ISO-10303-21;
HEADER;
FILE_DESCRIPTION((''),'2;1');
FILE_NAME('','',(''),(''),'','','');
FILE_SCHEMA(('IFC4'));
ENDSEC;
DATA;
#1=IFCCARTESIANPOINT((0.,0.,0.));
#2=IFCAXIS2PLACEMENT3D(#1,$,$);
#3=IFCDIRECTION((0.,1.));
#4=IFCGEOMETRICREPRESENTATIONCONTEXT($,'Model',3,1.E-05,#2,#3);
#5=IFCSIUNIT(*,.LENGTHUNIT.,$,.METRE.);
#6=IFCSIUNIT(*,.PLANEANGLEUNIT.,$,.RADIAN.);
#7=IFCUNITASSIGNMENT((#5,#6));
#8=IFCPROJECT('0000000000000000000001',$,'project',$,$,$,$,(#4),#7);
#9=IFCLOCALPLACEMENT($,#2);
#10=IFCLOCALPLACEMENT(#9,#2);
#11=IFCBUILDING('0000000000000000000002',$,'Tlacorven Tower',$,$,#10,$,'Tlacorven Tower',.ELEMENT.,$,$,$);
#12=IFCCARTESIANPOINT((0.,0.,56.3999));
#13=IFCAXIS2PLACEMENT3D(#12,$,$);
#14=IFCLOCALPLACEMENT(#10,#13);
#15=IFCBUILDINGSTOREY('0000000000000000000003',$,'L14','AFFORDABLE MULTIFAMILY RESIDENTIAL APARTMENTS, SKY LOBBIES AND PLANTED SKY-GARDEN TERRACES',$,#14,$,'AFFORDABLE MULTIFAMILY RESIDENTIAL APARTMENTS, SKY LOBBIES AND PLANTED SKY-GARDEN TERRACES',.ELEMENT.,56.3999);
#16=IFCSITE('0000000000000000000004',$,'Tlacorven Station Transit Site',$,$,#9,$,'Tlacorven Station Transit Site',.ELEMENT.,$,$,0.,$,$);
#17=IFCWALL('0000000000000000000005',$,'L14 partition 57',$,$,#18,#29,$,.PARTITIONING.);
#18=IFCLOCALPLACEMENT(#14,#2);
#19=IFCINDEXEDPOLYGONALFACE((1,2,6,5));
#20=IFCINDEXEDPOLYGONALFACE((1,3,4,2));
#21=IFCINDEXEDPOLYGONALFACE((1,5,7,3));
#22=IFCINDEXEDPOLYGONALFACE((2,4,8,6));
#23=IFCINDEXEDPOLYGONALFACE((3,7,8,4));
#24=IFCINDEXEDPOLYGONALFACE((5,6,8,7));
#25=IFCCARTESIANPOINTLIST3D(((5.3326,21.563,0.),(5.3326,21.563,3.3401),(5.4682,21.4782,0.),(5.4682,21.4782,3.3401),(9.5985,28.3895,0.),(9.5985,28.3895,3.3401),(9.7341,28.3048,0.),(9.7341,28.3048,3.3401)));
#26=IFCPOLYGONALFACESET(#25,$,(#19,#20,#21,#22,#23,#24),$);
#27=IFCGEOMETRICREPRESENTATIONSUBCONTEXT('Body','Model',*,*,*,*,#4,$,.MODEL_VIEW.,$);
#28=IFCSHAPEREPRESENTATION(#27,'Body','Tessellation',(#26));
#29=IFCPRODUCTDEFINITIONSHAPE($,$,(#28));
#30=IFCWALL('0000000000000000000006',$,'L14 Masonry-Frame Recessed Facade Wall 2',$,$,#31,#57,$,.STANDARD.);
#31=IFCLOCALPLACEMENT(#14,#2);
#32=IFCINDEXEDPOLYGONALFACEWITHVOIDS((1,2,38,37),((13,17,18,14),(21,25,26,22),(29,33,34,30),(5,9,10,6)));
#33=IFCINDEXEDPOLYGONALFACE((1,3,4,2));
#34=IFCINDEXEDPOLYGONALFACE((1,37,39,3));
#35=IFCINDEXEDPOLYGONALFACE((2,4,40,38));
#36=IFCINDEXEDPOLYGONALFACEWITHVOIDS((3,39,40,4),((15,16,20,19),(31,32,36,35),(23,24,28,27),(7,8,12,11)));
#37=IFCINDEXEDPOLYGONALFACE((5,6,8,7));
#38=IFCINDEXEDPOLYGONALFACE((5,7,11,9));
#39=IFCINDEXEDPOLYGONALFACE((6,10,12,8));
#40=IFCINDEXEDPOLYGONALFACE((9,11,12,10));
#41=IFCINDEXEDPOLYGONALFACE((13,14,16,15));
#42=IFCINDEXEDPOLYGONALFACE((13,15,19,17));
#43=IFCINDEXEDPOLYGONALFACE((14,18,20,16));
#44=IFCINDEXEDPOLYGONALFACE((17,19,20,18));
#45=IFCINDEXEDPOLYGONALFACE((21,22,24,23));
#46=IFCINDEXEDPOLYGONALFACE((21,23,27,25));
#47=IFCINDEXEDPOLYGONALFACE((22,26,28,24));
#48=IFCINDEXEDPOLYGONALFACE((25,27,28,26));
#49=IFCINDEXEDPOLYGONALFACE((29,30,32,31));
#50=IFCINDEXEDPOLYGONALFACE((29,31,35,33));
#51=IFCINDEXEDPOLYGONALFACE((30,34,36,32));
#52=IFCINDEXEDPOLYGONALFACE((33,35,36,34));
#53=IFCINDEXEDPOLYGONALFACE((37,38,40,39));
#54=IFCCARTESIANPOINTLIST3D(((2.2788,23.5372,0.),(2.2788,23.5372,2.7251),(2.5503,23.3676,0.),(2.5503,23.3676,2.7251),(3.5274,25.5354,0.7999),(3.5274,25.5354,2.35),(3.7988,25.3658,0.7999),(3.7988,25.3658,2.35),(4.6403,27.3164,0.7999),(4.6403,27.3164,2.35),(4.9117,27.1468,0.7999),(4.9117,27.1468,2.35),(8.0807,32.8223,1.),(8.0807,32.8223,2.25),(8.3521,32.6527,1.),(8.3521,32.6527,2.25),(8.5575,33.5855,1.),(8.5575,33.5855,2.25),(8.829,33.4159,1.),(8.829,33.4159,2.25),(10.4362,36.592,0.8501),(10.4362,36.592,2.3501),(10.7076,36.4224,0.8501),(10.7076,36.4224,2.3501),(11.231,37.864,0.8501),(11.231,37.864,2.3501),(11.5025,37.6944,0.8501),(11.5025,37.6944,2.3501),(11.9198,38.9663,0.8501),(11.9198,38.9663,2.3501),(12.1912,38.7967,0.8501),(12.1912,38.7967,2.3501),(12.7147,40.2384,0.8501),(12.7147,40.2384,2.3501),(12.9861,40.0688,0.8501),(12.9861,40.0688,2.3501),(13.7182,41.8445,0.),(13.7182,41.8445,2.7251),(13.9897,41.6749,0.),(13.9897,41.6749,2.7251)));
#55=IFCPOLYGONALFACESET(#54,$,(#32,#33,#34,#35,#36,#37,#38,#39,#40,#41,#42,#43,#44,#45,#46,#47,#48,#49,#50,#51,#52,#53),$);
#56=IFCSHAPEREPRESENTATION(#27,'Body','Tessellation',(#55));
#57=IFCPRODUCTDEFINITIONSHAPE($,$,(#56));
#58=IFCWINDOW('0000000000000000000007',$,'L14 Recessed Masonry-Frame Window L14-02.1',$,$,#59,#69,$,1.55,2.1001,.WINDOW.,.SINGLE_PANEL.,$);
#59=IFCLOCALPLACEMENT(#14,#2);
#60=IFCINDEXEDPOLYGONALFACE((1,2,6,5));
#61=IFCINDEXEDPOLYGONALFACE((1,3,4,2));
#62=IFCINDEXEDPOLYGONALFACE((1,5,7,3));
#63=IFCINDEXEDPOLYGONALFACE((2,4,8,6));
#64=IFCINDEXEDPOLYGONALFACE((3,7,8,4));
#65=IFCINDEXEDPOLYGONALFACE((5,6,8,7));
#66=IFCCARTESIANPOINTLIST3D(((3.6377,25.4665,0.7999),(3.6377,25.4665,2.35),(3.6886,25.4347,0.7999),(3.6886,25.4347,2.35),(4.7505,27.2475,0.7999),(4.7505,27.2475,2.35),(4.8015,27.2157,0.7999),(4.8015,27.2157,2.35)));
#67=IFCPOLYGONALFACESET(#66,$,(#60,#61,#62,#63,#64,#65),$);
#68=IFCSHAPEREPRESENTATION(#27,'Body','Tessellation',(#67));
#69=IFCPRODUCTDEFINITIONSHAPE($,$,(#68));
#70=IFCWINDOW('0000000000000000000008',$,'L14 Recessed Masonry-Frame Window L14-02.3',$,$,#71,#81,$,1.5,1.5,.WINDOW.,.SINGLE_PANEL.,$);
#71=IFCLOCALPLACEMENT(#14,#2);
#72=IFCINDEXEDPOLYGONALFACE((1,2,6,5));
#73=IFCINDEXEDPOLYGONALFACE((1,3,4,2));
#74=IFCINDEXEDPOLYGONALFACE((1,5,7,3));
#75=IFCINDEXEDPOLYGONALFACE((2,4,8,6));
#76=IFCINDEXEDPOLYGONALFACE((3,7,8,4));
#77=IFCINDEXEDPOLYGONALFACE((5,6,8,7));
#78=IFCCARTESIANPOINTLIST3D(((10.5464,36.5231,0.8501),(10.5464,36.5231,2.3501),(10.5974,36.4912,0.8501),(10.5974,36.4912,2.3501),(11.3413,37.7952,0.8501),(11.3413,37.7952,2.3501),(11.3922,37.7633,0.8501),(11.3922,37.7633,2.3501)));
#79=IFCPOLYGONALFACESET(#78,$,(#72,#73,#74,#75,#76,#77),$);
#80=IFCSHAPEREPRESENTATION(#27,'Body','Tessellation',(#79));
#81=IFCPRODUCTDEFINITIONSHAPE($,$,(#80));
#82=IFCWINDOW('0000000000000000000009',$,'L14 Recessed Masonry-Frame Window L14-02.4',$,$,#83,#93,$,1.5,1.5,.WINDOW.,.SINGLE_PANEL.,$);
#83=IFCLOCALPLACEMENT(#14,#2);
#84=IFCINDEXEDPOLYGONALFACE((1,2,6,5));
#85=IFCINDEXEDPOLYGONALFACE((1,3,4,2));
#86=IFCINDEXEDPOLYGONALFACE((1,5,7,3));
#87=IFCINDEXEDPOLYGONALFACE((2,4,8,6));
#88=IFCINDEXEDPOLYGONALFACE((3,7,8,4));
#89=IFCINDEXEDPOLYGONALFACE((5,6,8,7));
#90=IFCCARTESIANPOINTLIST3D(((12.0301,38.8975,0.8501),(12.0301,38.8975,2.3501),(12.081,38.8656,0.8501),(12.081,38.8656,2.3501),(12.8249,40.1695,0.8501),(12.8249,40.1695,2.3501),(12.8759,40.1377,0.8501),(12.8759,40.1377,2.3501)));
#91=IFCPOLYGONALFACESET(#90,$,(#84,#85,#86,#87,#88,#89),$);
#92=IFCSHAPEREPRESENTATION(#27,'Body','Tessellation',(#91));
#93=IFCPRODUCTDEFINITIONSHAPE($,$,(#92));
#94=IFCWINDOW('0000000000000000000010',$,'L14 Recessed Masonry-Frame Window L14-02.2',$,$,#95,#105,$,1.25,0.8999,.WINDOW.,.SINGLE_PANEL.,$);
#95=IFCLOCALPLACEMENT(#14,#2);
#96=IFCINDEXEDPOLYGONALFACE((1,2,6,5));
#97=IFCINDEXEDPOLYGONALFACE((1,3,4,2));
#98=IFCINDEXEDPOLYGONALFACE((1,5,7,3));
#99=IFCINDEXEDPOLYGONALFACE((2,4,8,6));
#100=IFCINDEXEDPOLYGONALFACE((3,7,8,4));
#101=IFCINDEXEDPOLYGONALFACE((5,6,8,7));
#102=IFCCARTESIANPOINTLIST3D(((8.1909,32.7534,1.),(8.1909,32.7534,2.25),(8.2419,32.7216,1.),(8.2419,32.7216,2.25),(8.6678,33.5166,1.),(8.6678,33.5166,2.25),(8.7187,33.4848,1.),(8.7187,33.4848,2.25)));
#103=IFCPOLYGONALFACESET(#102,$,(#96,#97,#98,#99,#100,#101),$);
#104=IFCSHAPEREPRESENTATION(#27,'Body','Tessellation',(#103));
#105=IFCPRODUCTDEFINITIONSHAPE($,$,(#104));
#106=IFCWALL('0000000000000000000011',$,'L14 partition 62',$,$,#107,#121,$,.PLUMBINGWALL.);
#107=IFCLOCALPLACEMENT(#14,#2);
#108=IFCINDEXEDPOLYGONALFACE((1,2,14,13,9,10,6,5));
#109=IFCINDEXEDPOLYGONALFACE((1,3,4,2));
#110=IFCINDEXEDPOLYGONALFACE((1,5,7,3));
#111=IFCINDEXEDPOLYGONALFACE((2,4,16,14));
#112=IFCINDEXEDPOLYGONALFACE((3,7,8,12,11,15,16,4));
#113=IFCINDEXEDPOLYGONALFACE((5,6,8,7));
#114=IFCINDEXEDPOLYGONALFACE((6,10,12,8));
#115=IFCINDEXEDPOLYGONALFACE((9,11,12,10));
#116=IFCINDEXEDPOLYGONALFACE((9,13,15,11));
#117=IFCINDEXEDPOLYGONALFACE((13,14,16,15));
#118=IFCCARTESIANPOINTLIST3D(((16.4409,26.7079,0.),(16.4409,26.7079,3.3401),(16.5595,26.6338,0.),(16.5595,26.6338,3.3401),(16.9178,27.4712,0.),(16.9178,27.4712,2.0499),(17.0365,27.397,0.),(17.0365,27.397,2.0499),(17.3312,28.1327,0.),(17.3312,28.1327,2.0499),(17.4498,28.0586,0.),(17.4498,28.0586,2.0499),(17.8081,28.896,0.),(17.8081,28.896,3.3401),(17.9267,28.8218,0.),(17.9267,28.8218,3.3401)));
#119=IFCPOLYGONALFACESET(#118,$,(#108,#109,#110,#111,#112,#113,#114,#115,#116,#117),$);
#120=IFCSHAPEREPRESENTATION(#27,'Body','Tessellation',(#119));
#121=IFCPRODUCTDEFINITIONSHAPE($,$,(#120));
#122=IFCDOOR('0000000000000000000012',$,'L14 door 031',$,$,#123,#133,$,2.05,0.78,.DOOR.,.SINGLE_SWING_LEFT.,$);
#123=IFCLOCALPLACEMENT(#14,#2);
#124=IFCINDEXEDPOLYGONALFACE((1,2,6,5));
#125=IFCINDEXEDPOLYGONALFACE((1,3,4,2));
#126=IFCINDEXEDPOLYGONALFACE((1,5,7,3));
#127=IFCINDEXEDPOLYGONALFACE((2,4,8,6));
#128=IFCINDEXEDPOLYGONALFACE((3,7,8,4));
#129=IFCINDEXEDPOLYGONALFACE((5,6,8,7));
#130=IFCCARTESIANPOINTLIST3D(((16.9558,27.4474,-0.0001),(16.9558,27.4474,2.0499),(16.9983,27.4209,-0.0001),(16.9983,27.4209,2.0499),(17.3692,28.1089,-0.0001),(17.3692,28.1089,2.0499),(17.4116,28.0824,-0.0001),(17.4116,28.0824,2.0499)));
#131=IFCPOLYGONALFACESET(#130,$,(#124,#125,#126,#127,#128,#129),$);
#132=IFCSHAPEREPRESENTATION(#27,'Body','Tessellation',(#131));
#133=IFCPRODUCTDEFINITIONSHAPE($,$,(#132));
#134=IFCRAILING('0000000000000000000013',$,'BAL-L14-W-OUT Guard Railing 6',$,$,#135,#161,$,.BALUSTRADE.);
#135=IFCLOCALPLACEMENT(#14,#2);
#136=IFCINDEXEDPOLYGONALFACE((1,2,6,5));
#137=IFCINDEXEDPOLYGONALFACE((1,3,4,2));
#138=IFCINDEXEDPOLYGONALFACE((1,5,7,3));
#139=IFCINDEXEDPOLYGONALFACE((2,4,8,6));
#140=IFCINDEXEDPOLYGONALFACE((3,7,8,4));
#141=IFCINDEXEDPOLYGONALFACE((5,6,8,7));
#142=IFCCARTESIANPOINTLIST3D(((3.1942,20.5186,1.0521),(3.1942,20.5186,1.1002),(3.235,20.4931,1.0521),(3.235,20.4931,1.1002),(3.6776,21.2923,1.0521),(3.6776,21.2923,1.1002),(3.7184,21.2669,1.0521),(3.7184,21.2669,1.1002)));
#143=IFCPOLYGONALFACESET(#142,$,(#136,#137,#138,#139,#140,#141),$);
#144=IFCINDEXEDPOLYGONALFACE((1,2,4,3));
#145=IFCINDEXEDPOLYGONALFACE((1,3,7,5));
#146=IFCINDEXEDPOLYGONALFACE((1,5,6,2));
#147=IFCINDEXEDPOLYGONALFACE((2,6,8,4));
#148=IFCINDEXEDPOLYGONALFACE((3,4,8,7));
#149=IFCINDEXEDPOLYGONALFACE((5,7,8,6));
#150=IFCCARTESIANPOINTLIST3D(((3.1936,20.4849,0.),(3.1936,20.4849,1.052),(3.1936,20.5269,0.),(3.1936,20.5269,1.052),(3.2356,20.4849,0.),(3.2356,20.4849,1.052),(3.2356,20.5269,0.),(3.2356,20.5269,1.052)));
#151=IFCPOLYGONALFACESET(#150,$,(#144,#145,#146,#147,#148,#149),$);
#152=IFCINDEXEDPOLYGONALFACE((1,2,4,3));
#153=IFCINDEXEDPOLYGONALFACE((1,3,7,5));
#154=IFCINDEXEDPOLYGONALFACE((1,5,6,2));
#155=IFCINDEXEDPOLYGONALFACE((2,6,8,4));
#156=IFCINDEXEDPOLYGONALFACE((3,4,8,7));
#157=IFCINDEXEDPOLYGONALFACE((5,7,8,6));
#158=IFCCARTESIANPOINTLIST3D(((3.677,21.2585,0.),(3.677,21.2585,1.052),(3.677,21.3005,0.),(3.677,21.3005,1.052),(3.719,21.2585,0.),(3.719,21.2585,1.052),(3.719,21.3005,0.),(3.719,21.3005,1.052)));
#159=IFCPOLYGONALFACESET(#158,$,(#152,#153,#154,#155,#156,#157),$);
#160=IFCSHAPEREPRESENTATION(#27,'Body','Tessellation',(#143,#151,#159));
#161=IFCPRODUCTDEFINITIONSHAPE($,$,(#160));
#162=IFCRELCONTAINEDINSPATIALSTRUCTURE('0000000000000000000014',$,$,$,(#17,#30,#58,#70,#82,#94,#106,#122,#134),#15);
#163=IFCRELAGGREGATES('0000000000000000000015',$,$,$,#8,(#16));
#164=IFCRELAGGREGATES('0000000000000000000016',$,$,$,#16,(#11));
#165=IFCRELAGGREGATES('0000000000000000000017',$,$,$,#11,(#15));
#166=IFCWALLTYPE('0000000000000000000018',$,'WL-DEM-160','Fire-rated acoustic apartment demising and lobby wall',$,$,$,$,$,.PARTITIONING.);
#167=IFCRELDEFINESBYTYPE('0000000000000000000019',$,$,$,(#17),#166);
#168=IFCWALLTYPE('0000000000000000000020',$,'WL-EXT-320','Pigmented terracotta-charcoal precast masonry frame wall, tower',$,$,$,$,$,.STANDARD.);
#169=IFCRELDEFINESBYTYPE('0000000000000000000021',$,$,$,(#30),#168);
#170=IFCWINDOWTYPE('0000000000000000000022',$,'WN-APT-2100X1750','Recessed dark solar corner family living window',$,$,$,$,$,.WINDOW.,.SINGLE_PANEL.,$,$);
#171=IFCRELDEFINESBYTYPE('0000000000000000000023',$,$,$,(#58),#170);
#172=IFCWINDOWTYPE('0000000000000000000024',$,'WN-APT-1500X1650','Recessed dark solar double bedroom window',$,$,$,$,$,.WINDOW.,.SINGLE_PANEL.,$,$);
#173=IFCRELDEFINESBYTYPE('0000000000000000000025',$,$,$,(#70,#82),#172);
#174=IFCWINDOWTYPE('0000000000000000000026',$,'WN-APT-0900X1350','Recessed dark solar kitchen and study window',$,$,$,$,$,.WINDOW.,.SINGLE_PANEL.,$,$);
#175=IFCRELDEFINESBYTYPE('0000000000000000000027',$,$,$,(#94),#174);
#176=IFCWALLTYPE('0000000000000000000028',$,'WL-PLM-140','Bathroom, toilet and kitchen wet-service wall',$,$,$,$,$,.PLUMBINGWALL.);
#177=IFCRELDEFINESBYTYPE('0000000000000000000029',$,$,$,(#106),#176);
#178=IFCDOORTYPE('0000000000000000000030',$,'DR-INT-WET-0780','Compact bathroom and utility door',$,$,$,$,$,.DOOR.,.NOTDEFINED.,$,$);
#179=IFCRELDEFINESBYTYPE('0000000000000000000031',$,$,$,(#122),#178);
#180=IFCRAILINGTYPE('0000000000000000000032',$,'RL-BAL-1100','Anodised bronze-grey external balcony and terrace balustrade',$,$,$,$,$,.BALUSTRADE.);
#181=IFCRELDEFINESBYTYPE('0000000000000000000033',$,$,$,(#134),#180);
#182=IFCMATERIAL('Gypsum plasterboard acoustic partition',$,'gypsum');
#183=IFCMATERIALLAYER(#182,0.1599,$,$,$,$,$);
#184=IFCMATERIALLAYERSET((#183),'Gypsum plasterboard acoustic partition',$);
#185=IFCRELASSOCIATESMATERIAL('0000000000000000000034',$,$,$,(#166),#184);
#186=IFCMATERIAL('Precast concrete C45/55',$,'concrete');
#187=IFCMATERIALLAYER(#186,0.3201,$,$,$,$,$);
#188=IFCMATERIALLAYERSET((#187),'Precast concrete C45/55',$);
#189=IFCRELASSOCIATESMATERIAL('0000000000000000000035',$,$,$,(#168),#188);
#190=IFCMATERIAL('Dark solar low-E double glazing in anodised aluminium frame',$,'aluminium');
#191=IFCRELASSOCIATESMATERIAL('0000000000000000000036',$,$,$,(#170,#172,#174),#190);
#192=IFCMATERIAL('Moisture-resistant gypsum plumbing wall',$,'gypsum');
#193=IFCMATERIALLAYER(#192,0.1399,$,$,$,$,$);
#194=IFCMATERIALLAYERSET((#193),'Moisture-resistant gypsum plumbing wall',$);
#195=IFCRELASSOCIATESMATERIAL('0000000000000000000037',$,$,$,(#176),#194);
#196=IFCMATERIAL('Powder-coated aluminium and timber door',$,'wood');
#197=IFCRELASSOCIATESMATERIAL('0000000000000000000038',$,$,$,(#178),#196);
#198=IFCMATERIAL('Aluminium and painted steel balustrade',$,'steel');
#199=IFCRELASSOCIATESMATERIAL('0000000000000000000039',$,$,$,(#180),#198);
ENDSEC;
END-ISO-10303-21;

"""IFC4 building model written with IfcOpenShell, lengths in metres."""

from ifc_helpers import new_model, si_unit, direction, frame, frame_2d, origin, origin_2d, place, context, subcontext, project, spatial, rectangle, extrude, source, transform, mapped, material, layer, layer_set, type_object, element, fill, save


model = new_model("IFC4")

# Units and contexts
model_context = context("Model", 3, precision=1e-05, world=origin(), true_north=direction((0.0, 1.0)))
body_context = subcontext(model_context, "Body", "Model", "MODEL_VIEW")
ifc_project = project(units=[si_unit("LENGTHUNIT", "METRE"), si_unit("PLANEANGLEUNIT", "RADIAN")], contexts=[model_context])

# Site, building, storey
site_placement = place(None, origin())
site = spatial("IfcSite", under=ifc_project, at=site_placement, Name="Tlacorven Station Transit Site", LongName="Tlacorven Station Transit Site", CompositionType="ELEMENT", RefElevation=0.0)
building_placement = place(site_placement, origin())
building = spatial("IfcBuilding", under=site, at=building_placement, Name="Tlacorven Tower", LongName="Tlacorven Tower", CompositionType="ELEMENT")
storey_placement = place(building_placement, frame((0.0, 0.0, 56.3999)))
storey = spatial("IfcBuildingStorey", under=building, at=storey_placement, Name="L14", Description="AFFORDABLE MULTIFAMILY RESIDENTIAL APARTMENTS, SKY LOBBIES AND PLANTED SKY-GARDEN TERRACES", LongName="AFFORDABLE MULTIFAMILY RESIDENTIAL APARTMENTS, SKY LOBBIES AND PLANTED SKY-GARDEN TERRACES", CompositionType="ELEMENT", Elevation=56.3999)

# Wall
ifc_material_1 = material(Name="Gypsum plasterboard acoustic partition", Category="gypsum")
ifc_layer_1 = layer(ifc_material_1, 0.1599)
ifc_layer_set_1 = layer_set([ifc_layer_1], Name="Gypsum plasterboard acoustic partition")
wall_type_1 = type_object("IfcWallType", Name="WL-DEM-160", Description="Fire-rated acoustic apartment demising and lobby wall", PredefinedType="PARTITIONING", material=ifc_layer_set_1)
wall_1_placement = place(storey_placement, frame((9.6663, 28.3472, 0.0), z_axis=(0.0, 0.0, 1.0), x_axis=(-0.529928, -0.848043, 0.0)))
element("IfcWall", 1, at=wall_1_placement, inside=storey, type_object=wall_type_1, Name="L14 partition 57", PredefinedType="PARTITIONING", context=body_context, shape_type="SweptSolid", body=[
    extrude(rectangle(XDim=8.0498, YDim=0.1599, at=frame_2d((4.0249, 0.0))), origin(), (0.0, 0.0, 1.0), 3.3401),
])

# Wall, openings, windows
ifc_material_2 = material(Name="Precast concrete C45/55", Category="concrete")
ifc_layer_2 = layer(ifc_material_2, 0.3201)
ifc_layer_set_2 = layer_set([ifc_layer_2], Name="Precast concrete C45/55")
wall_type_2 = type_object("IfcWallType", Name="WL-EXT-320", Description="Pigmented terracotta-charcoal precast masonry frame wall, tower", PredefinedType="STANDARD", material=ifc_layer_set_2)
wall_2_placement = place(storey_placement, frame((2.4146, 23.4524, 0.0), z_axis=(0.0, 0.0, 1.0), x_axis=(0.52991, 0.848054, 0.0)))
wall_2 = element("IfcWall", 2, at=wall_2_placement, inside=storey, type_object=wall_type_2, Name="L14 Masonry-Frame Recessed Facade Wall 2", PredefinedType="STANDARD", context=body_context, shape_type="SweptSolid", body=[
    extrude(rectangle(XDim=21.5874, YDim=0.3201, at=frame_2d((10.7937, 0.0))), origin(), (0.0, 0.0, 1.0), 2.7251),
])
opening_1_placement = place(wall_2_placement, frame((2.3562, 0.0, 0.8)))
opening_1 = element("IfcOpeningElement", 3, at=opening_1_placement, cuts=wall_2, PredefinedType="OPENING", context=body_context, shape_type="SweptSolid", body=[
    extrude(rectangle(XDim=2.1001, YDim=1.55, at=frame_2d((1.05, 0.7749))), frame((0.0, 0.1699, 0.0), z_axis=(0.0, -1.0, 0.0), x_axis=(1.0, 0.0, 0.0)), (0.0, 0.0, 1.0), 0.3401),
])
opening_2_placement = place(wall_2_placement, frame((10.9487, 0.0, 1.0)))
opening_2 = element("IfcOpeningElement", 4, at=opening_2_placement, cuts=wall_2, PredefinedType="OPENING", context=body_context, shape_type="SweptSolid", body=[
    extrude(rectangle(XDim=0.8999, YDim=1.25, at=frame_2d((0.45, 0.625))), frame((0.0, 0.1699, 0.0), z_axis=(0.0, -1.0, 0.0), x_axis=(1.0, 0.0, 0.0)), (0.0, 0.0, 1.0), 0.3401),
])
opening_3_placement = place(wall_2_placement, frame((15.3938, 0.0, 0.8501)))
opening_3 = element("IfcOpeningElement", 5, at=opening_3_placement, cuts=wall_2, PredefinedType="OPENING", context=body_context, shape_type="SweptSolid", body=[
    extrude(rectangle(XDim=1.5, YDim=1.5, at=frame_2d((0.75, 0.75))), frame((0.0, 0.1699, 0.0), z_axis=(0.0, -1.0, 0.0), x_axis=(1.0, 0.0, 0.0)), (0.0, 0.0, 1.0), 0.3401),
])
opening_4_placement = place(wall_2_placement, frame((18.1936, 0.0, 0.8501)))
opening_4 = element("IfcOpeningElement", 6, at=opening_4_placement, cuts=wall_2, PredefinedType="OPENING", context=body_context, shape_type="SweptSolid", body=[
    extrude(rectangle(XDim=1.5, YDim=1.5, at=frame_2d((0.75, 0.75))), frame((0.0, 0.1699, 0.0), z_axis=(0.0, -1.0, 0.0), x_axis=(1.0, 0.0, 0.0)), (0.0, 0.0, 1.0), 0.3401),
])
ifc_material_3 = material(Name="Dark solar low-E double glazing in anodised aluminium frame", Category="aluminium")
window_type_1 = type_object("IfcWindowType", Name="WN-APT-2100X1750", Description="Recessed dark solar corner family living window", PartitioningType="SINGLE_PANEL", PredefinedType="WINDOW", material=ifc_material_3)
shared_shape_1 = source(origin(), body_context, "Body", "SweptSolid", [
    extrude(rectangle(XDim=2.1001, YDim=1.55, at=frame_2d((1.05, 0.7749))), frame((0.0, 0.03, 0.0), z_axis=(0.0, -1.0, 0.0), x_axis=(1.0, 0.0, 0.0)), (0.0, 0.0, 1.0), 0.0601),
])
window_1_placement = place(opening_1_placement, origin())
window_1 = element("IfcWindow", 7, at=window_1_placement, inside=storey, type_object=window_type_1, Name="L14 Recessed Masonry-Frame Window L14-02.1", OverallHeight=1.55, OverallWidth=2.1001, PartitioningType="SINGLE_PANEL", PredefinedType="WINDOW", context=body_context, shape_type="MappedRepresentation", body=[
    mapped(shared_shape_1, transform((0.0, 0.0, 0.0), scale=1.0)),
])
fill(opening_1, window_1)
window_type_2 = type_object("IfcWindowType", Name="WN-APT-1500X1650", Description="Recessed dark solar double bedroom window", PartitioningType="SINGLE_PANEL", PredefinedType="WINDOW", material=ifc_material_3)
shared_shape_2 = source(origin(), body_context, "Body", "SweptSolid", [
    extrude(rectangle(XDim=1.5, YDim=1.5, at=frame_2d((0.75, 0.75))), frame((0.0, 0.03, 0.0), z_axis=(0.0, -1.0, 0.0), x_axis=(1.0, 0.0, 0.0)), (0.0, 0.0, 1.0), 0.0601),
])
window_2_placement = place(opening_3_placement, origin())
window_2 = element("IfcWindow", 8, at=window_2_placement, inside=storey, type_object=window_type_2, Name="L14 Recessed Masonry-Frame Window L14-02.3", OverallHeight=1.5, OverallWidth=1.5, PartitioningType="SINGLE_PANEL", PredefinedType="WINDOW", context=body_context, shape_type="MappedRepresentation", body=[
    mapped(shared_shape_2, transform((0.0, 0.0, 0.0), scale=1.0)),
])
fill(opening_3, window_2)
window_3_placement = place(opening_4_placement, origin())
window_3 = element("IfcWindow", 9, at=window_3_placement, inside=storey, type_object=window_type_2, Name="L14 Recessed Masonry-Frame Window L14-02.4", OverallHeight=1.5, OverallWidth=1.5, PartitioningType="SINGLE_PANEL", PredefinedType="WINDOW", context=body_context, shape_type="MappedRepresentation", body=[
    mapped(shared_shape_2, transform((0.0, 0.0, 0.0), scale=1.0)),
])
fill(opening_4, window_3)
window_type_3 = type_object("IfcWindowType", Name="WN-APT-0900X1350", Description="Recessed dark solar kitchen and study window", PartitioningType="SINGLE_PANEL", PredefinedType="WINDOW", material=ifc_material_3)
shared_shape_3 = source(origin(), body_context, "Body", "SweptSolid", [
    extrude(rectangle(XDim=0.8999, YDim=1.25, at=frame_2d((0.45, 0.625))), frame((0.0, 0.03, 0.0), z_axis=(0.0, -1.0, 0.0), x_axis=(1.0, 0.0, 0.0)), (0.0, 0.0, 1.0), 0.0601),
])
window_4_placement = place(opening_2_placement, origin())
window_4 = element("IfcWindow", 10, at=window_4_placement, inside=storey, type_object=window_type_3, Name="L14 Recessed Masonry-Frame Window L14-02.2", OverallHeight=1.25, OverallWidth=0.8999, PartitioningType="SINGLE_PANEL", PredefinedType="WINDOW", context=body_context, shape_type="MappedRepresentation", body=[
    mapped(shared_shape_3, transform((0.0, 0.0, 0.0), scale=1.0)),
])
fill(opening_2, window_4)

# Wall, opening, door
ifc_material_4 = material(Name="Moisture-resistant gypsum plumbing wall", Category="gypsum")
ifc_layer_3 = layer(ifc_material_4, 0.1399)
ifc_layer_set_3 = layer_set([ifc_layer_3], Name="Moisture-resistant gypsum plumbing wall")
wall_type_3 = type_object("IfcWallType", Name="WL-PLM-140", Description="Bathroom, toilet and kitchen wet-service wall", PredefinedType="PLUMBINGWALL", material=ifc_layer_set_3)
wall_3_placement = place(storey_placement, frame((17.8674, 28.8589, 0.0), z_axis=(0.0, 0.0, 1.0), x_axis=(-0.529914, -0.848051, 0.0)))
wall_3 = element("IfcWall", 11, at=wall_3_placement, inside=storey, type_object=wall_type_3, Name="L14 partition 62", PredefinedType="PLUMBINGWALL", context=body_context, shape_type="SweptSolid", body=[
    extrude(rectangle(XDim=2.5801, YDim=0.1399, at=frame_2d((1.29, 0.0))), origin(), (0.0, 0.0, 1.0), 3.3401),
])
opening_5_placement = place(wall_3_placement, frame((0.8999, 0.0, 0.0)))
opening_5 = element("IfcOpeningElement", 12, at=opening_5_placement, cuts=wall_3, PredefinedType="OPENING", context=body_context, shape_type="SweptSolid", body=[
    extrude(rectangle(XDim=0.78, YDim=2.05, at=frame_2d((0.3901, 1.0249))), frame((0.0, 0.0801, 0.0), z_axis=(0.0, -1.0, 0.0), x_axis=(1.0, 0.0, 0.0)), (0.0, 0.0, 1.0), 0.1599),
])
ifc_material_5 = material(Name="Powder-coated aluminium and timber door", Category="wood")
door_type = type_object("IfcDoorType", Name="DR-INT-WET-0780", Description="Compact bathroom and utility door", OperationType="NOTDEFINED", PredefinedType="DOOR", material=ifc_material_5)
shared_shape_4 = source(origin(), body_context, "Body", "SweptSolid", [
    extrude(rectangle(XDim=0.78, YDim=2.05, at=frame_2d((0.3901, 1.0249))), frame((0.0, 0.0249, 0.0), z_axis=(0.0, -1.0, 0.0), x_axis=(1.0, 0.0, 0.0)), (0.0, 0.0, 1.0), 0.05),
])
door_placement = place(opening_5_placement, origin())
door = element("IfcDoor", 13, at=door_placement, inside=storey, type_object=door_type, Name="L14 door 031", OperationType="SINGLE_SWING_LEFT", OverallHeight=2.05, OverallWidth=0.78, PredefinedType="DOOR", context=body_context, shape_type="MappedRepresentation", body=[
    mapped(shared_shape_4, transform((0.0, 0.0, 0.0), scale=1.0)),
])
fill(opening_5, door)

# Railing
ifc_material_6 = material(Name="Aluminium and painted steel balustrade", Category="steel")
railing_type = type_object("IfcRailingType", Name="RL-BAL-1100", Description="Anodised bronze-grey external balcony and terrace balustrade", PredefinedType="BALUSTRADE", material=ifc_material_6)
shared_shape_5 = source(origin(), body_context, "Body", "SweptSolid", [
    extrude(rectangle(XDim=0.0481, YDim=0.0481, at=origin_2d()), frame((0.0, 0.0, 1.0762), z_axis=(0.529879, 0.848073, 0.0), x_axis=(-0.848073, 0.529879, 0.0)), (0.0, 0.0, 1.0), 0.9124),
    extrude(rectangle(XDim=0.042, YDim=0.042, at=origin_2d()), origin(), (0.0, 0.0, 1.0), 1.052),
    extrude(rectangle(XDim=0.042, YDim=0.042, at=origin_2d()), frame((0.4834, 0.7737, 0.0)), (0.0, 0.0, 1.0), 1.052),
])
railing_1_placement = place(storey_placement, frame((3.2146, 20.5059, 0.0)))
element("IfcRailing", 14, at=railing_1_placement, inside=storey, type_object=railing_type, Name="BAL-L14-W-OUT Guard Railing 6", PredefinedType="BALUSTRADE", context=body_context, shape_type="MappedRepresentation", body=[
    mapped(shared_shape_5, transform((0.0, 0.0, 0.0), scale=1.0)),
])

save(model, "model.ifc")
